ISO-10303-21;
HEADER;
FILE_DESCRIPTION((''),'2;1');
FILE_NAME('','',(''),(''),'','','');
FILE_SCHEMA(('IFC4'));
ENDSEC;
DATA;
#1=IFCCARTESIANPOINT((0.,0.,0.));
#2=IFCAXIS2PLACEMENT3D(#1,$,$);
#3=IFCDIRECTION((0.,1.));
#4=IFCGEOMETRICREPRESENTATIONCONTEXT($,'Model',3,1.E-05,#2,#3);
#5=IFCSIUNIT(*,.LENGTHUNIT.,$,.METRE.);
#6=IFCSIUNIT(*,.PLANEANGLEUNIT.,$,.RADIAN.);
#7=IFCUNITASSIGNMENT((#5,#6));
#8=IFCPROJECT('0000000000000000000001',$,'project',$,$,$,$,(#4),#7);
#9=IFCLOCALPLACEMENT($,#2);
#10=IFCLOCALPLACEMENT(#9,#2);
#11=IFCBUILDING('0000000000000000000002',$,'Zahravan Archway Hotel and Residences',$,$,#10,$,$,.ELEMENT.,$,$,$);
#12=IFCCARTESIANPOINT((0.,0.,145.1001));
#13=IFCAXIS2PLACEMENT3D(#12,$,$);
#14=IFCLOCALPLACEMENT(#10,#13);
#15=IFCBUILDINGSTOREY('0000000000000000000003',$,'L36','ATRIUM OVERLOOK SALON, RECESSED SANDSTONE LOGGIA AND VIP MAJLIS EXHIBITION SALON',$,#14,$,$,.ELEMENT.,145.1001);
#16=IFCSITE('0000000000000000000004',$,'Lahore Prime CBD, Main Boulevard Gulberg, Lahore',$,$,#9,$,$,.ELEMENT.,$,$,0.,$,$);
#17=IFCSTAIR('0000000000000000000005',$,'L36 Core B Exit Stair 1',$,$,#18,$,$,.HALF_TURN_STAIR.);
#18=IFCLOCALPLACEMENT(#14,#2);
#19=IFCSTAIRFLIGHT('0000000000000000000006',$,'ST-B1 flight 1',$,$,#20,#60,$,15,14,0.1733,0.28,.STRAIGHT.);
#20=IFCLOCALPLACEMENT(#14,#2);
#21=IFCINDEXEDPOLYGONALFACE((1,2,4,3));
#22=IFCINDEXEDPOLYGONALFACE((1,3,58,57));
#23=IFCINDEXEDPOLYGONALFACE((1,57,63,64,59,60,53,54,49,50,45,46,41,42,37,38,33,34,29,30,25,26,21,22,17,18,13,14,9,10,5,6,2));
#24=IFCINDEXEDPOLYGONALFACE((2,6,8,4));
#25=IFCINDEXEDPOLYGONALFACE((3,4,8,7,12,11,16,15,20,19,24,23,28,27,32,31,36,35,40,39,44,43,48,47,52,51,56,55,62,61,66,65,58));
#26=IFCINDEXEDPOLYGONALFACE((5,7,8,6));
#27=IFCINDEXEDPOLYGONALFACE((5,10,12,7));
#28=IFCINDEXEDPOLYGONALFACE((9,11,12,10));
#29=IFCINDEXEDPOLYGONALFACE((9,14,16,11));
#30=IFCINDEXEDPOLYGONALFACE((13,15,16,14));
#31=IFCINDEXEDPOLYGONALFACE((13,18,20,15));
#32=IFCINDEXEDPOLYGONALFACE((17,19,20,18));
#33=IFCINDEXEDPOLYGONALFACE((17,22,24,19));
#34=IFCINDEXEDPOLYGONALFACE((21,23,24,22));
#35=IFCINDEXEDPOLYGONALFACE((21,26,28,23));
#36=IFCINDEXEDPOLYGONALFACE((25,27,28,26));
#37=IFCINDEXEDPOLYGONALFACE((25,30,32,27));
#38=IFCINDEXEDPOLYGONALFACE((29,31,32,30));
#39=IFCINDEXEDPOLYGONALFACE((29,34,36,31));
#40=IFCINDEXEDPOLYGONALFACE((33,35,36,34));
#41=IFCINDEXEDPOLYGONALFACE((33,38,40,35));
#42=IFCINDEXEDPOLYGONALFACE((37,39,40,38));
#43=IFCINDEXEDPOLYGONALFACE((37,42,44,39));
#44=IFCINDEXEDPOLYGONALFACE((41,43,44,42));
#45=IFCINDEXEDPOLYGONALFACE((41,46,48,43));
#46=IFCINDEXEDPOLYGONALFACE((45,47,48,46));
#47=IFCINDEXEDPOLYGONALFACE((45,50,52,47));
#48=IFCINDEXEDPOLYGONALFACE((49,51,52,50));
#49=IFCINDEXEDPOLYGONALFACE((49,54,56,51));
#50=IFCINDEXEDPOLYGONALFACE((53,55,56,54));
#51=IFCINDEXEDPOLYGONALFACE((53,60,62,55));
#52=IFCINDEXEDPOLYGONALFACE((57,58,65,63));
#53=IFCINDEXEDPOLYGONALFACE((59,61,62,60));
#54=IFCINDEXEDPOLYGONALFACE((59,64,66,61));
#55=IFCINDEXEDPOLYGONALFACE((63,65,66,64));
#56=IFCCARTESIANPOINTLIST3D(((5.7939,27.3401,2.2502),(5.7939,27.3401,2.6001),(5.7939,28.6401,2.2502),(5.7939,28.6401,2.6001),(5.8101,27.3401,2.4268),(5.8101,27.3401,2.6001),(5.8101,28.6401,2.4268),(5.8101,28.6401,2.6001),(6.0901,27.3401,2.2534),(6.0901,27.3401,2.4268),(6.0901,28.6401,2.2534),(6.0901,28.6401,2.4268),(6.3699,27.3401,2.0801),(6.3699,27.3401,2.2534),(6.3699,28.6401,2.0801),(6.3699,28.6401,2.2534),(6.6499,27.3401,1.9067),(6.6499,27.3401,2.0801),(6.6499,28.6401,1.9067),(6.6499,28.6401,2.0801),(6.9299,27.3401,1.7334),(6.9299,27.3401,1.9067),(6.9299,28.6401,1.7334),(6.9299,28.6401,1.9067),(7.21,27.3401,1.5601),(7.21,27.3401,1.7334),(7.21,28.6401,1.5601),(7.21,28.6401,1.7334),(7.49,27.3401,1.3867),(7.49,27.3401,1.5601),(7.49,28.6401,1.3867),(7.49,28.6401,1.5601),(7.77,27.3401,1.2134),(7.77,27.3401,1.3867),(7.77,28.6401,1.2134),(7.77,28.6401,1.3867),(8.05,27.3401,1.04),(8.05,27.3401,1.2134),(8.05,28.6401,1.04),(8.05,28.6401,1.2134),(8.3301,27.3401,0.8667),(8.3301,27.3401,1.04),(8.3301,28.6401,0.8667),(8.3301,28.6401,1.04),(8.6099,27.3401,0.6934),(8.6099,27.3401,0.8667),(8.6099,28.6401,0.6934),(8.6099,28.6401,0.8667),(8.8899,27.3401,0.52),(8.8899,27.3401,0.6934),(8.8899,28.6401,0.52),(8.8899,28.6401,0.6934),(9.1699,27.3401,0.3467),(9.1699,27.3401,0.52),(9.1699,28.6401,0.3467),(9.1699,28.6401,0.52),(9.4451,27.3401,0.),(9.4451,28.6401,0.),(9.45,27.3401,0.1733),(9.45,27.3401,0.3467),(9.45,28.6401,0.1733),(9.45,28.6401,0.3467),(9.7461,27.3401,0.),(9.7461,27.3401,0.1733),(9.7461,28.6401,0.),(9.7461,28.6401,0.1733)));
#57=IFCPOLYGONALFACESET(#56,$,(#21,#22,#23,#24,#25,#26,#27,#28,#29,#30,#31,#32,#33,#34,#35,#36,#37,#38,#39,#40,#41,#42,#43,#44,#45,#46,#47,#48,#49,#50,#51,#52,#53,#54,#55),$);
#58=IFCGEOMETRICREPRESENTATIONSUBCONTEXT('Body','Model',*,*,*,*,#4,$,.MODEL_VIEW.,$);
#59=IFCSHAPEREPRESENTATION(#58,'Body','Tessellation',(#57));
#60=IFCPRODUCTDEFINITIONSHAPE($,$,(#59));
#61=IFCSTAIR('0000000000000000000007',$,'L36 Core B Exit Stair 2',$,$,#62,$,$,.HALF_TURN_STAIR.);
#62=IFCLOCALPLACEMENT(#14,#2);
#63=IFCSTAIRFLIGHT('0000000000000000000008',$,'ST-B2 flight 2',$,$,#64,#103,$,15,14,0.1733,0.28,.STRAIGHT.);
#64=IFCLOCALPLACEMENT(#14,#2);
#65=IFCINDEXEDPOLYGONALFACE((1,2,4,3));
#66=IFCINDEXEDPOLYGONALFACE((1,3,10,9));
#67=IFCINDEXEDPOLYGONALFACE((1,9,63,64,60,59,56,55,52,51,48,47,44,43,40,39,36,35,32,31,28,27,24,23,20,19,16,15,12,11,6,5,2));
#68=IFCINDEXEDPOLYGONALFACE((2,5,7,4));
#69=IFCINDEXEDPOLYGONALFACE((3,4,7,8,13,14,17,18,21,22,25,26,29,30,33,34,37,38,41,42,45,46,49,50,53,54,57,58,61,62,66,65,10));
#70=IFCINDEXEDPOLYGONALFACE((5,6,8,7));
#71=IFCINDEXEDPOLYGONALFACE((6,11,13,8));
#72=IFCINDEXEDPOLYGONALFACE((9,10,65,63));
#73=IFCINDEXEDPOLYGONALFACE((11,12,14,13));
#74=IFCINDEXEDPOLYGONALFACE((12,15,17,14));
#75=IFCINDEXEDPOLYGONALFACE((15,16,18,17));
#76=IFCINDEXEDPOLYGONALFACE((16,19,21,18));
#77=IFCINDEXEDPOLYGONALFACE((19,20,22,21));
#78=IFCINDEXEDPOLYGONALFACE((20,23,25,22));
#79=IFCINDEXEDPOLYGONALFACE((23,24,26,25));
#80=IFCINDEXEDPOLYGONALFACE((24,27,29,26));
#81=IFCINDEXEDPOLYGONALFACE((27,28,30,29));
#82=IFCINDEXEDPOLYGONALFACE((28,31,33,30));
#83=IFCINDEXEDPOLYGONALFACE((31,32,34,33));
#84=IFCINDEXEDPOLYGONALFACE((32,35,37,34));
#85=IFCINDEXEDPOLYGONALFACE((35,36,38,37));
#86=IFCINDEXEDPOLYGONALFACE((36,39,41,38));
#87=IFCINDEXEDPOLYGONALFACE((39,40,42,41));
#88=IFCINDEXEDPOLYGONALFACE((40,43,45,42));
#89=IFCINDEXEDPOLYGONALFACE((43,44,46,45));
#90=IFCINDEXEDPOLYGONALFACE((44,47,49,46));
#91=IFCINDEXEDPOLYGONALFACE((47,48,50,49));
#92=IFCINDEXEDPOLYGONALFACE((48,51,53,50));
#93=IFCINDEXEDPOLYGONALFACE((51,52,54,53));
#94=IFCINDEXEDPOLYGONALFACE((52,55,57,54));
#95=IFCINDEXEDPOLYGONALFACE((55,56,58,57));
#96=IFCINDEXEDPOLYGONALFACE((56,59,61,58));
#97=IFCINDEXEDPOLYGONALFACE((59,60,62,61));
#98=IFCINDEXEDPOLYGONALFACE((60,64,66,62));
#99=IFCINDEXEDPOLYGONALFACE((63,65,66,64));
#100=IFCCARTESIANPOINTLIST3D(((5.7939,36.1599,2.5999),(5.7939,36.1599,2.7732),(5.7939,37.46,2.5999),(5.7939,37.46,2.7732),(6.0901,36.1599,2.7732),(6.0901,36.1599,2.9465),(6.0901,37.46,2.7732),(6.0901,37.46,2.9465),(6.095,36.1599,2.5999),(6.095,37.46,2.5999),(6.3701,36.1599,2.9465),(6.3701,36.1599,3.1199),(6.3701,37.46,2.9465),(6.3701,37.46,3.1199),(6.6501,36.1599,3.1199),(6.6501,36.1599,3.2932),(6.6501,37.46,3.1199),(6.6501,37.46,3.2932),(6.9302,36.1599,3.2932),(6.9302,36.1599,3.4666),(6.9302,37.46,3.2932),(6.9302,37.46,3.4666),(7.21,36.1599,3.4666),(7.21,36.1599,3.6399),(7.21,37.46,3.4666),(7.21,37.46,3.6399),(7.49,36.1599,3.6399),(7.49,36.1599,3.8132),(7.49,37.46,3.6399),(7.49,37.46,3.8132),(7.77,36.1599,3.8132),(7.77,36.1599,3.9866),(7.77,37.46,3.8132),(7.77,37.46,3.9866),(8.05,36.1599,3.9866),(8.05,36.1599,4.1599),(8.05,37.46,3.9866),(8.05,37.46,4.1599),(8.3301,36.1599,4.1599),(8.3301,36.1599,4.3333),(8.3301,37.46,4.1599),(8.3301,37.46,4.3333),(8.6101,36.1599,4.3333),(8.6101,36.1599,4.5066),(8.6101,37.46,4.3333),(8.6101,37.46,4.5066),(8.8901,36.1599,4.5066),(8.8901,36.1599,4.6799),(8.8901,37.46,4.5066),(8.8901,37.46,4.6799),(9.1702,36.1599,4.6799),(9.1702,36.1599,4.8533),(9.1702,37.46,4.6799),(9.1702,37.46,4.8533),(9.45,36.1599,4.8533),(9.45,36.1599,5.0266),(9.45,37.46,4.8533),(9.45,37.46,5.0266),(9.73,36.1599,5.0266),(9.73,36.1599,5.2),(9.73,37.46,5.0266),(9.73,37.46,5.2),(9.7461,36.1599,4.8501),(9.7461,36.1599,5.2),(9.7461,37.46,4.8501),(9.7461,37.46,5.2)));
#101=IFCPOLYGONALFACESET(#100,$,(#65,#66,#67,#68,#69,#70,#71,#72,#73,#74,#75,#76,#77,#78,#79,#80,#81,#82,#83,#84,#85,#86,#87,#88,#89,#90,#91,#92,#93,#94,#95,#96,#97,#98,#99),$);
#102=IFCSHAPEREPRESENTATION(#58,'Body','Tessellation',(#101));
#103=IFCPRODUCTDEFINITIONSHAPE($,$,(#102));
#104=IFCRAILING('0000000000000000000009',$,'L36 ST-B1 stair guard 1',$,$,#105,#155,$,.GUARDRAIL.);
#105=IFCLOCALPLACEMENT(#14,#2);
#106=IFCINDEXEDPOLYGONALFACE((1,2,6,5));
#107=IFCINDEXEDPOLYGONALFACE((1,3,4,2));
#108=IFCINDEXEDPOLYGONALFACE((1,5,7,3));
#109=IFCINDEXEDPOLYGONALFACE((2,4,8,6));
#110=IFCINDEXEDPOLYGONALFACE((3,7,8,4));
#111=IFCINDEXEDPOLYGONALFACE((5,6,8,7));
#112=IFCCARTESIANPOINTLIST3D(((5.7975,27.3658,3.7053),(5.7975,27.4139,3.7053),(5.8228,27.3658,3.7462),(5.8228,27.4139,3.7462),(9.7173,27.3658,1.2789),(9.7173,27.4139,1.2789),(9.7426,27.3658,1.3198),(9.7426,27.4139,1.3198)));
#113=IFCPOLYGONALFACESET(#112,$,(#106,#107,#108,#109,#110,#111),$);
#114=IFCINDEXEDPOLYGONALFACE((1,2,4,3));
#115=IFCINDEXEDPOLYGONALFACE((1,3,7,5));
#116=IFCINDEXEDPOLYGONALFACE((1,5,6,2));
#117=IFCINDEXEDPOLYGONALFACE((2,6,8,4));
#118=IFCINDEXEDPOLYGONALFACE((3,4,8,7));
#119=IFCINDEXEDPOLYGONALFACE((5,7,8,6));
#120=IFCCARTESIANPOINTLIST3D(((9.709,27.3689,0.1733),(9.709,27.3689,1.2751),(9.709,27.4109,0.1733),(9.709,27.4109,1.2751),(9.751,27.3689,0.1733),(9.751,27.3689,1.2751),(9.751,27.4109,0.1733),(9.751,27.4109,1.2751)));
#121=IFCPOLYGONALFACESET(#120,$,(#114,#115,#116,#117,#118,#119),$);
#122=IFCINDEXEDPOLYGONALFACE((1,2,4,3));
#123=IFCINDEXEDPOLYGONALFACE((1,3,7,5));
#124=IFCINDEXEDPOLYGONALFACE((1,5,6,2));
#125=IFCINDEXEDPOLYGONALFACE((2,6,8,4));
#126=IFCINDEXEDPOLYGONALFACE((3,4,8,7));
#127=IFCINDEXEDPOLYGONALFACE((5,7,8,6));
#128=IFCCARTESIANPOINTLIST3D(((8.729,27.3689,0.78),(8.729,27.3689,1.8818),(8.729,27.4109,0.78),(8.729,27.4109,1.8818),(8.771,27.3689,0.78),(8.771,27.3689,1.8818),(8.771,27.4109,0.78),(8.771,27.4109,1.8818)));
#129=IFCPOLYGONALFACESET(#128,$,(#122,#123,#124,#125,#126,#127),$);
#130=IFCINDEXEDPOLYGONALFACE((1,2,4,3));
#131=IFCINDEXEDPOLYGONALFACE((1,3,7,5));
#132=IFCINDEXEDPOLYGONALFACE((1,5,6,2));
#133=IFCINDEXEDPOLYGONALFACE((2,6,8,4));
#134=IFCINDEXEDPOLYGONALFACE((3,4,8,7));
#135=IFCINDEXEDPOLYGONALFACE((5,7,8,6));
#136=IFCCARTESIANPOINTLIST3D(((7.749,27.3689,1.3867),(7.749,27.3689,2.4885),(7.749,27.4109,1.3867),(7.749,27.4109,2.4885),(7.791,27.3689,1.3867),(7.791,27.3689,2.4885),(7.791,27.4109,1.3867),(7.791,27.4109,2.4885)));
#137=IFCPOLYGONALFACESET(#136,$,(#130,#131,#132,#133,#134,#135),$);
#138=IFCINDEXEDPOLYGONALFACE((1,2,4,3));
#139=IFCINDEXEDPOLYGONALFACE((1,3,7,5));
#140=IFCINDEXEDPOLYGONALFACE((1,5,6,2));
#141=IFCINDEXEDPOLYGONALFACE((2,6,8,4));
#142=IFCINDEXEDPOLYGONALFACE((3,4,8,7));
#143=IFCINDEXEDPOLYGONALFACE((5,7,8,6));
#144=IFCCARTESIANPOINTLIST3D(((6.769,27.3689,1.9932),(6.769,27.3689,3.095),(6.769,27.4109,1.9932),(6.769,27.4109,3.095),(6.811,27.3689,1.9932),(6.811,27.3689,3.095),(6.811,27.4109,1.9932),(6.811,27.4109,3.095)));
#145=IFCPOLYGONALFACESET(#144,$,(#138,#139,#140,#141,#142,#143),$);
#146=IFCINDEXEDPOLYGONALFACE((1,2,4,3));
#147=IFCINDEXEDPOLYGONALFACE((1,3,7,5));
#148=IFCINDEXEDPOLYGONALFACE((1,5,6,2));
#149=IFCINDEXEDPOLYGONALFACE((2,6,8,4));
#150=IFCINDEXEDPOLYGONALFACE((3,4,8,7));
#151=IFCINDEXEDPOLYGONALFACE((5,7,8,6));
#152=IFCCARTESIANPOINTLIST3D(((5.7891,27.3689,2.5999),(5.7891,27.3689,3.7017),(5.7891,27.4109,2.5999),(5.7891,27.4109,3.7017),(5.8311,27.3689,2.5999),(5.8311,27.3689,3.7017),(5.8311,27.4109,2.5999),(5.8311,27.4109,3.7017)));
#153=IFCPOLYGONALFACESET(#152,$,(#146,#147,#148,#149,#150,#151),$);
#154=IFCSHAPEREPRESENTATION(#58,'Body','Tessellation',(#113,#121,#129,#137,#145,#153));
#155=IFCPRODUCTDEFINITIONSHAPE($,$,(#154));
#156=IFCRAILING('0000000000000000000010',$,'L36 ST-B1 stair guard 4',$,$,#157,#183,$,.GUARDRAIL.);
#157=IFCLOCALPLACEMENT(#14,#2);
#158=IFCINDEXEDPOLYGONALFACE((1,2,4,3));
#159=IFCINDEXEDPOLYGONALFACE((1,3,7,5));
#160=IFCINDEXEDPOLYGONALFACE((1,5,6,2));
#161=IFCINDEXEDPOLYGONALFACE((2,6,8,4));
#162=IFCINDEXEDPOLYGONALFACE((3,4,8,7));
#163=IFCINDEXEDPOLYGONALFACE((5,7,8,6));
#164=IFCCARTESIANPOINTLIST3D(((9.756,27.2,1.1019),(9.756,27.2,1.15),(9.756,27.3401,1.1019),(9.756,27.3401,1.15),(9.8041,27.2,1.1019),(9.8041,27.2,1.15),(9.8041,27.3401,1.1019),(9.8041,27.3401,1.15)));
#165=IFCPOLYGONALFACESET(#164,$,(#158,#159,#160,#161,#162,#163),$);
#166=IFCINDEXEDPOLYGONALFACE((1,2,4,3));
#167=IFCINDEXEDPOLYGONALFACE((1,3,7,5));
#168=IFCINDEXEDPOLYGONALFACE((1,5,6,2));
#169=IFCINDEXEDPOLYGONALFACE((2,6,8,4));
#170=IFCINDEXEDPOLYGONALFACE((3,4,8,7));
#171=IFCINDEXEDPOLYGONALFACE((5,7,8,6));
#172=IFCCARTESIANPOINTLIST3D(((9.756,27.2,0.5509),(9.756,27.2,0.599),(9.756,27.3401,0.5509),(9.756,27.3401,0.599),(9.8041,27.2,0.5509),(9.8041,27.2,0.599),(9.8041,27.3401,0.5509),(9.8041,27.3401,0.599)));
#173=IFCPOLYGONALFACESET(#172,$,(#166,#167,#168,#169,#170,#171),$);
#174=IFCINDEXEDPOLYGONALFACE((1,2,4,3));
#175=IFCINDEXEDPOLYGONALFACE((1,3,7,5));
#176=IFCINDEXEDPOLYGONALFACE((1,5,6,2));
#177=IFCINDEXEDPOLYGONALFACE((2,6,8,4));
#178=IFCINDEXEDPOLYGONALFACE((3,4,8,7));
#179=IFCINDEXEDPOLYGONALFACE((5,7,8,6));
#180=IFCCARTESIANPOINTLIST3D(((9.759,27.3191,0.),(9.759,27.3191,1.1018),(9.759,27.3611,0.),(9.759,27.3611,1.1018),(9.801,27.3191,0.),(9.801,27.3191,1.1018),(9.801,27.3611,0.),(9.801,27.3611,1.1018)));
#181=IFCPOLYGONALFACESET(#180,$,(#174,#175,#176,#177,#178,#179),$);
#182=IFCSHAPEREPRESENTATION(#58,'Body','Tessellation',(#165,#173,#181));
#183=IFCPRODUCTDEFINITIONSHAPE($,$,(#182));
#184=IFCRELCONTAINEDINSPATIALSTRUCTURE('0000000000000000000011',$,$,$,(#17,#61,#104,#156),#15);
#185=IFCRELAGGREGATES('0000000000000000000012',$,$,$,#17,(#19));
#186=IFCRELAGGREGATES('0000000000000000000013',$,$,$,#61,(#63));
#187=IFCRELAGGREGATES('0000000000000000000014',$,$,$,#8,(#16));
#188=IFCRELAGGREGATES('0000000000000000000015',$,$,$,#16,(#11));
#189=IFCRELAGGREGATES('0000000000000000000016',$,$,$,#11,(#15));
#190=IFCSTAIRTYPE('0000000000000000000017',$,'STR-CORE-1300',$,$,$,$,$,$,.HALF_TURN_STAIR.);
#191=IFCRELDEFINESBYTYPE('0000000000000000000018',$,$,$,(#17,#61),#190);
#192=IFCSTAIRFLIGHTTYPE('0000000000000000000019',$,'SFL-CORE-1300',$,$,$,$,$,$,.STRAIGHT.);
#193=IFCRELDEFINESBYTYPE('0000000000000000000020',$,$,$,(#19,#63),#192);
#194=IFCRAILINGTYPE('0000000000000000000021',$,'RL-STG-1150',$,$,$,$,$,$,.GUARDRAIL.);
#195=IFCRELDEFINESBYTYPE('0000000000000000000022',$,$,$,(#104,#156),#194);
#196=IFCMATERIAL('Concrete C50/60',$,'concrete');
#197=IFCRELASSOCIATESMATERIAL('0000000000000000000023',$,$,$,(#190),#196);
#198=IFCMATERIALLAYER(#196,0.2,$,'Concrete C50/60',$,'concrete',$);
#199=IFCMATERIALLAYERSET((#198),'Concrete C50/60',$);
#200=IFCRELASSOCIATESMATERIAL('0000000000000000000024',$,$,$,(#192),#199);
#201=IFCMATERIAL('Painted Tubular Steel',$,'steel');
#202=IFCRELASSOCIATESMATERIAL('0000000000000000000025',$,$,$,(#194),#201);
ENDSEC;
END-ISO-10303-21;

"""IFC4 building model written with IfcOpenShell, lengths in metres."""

from ifc_helpers import new_model, si_unit, direction, frame, origin, origin_2d, place, context, subcontext, project, spatial, polyline, rectangle, outline, extrude, source, transform, mapped, material, layer, layer_set, type_object, element, aggregate, save


model = new_model("IFC4")

# Units and contexts
model_context = context("Model", 3, precision=1e-05, world=origin(), true_north=direction((0.0, 1.0)))
body_context = subcontext(model_context, "Body", "Model", "MODEL_VIEW")
ifc_project = project(units=[si_unit("LENGTHUNIT", "METRE"), si_unit("PLANEANGLEUNIT", "RADIAN")], contexts=[model_context])

# Site, building, storey
site_placement = place(None, origin())
site = spatial("IfcSite", under=ifc_project, at=site_placement, Name="Lahore Prime CBD, Main Boulevard Gulberg, Lahore", CompositionType="ELEMENT", RefElevation=0.0)
building_placement = place(site_placement, origin())
building = spatial("IfcBuilding", under=site, at=building_placement, Name="Zahravan Archway Hotel and Residences", CompositionType="ELEMENT")
storey_placement = place(building_placement, frame((0.0, 0.0, 145.1001)))
storey = spatial("IfcBuildingStorey", under=building, at=storey_placement, Name="L36", Description="ATRIUM OVERLOOK SALON, RECESSED SANDSTONE LOGGIA AND VIP MAJLIS EXHIBITION SALON", CompositionType="ELEMENT", Elevation=145.1001)

# Shared definitions
ifc_material_1 = material(Name="Concrete C50/60", Category="concrete")

# Stairs, stair flights
stair_type = type_object("IfcStairType", Name="STR-CORE-1300", PredefinedType="HALF_TURN_STAIR", material=ifc_material_1)
stair_1_placement = place(storey_placement, origin())
stair_1 = element("IfcStair", 1, at=stair_1_placement, inside=storey, type_object=stair_type, Name="L36 Core B Exit Stair 1", PredefinedType="HALF_TURN_STAIR")
ifc_layer_1 = layer(ifc_material_1, 0.2, Name="Concrete C50/60", Category="concrete")
ifc_layer_set_1 = layer_set([ifc_layer_1], Name="Concrete C50/60")
stair_flight_type = type_object("IfcStairFlightType", Name="SFL-CORE-1300", PredefinedType="STRAIGHT", material=ifc_layer_set_1)
shared_shape_1 = source(origin(), body_context, "Body", "SweptSolid", [
    extrude(outline(polyline([(-0.0161, 0.0), (-0.0161, 0.1733), (0.28, 0.1733), (0.28, 0.3467), (0.5601, 0.3467), (0.5601, 0.52), (0.8401, 0.52), (0.8401, 0.6934), (1.1201, 0.6934), (1.1201, 0.8667), (1.3999, 0.8667), (1.3999, 1.04), (1.6799, 1.04), (1.6799, 1.2134), (1.96, 1.2134), (1.96, 1.3867), (2.24, 1.3867), (2.24, 1.5601), (2.52, 1.5601), (2.52, 1.7334), (2.8, 1.7334), (2.8, 1.9067), (3.0801, 1.9067), (3.0801, 2.0801), (3.3601, 2.0801), (3.3601, 2.2534), (3.6399, 2.2534), (3.6399, 2.4268), (3.9199, 2.4268), (3.9199, 2.6001), (3.936, 2.6001), (3.936, 2.2502), (0.2849, 0.0), (-0.0161, 0.0)])), frame((0.0, 0.6499, 0.0), z_axis=(0.0, -1.0, 0.0), x_axis=(1.0, 0.0, 0.0)), (0.0, 0.0, 1.0), 1.3),
])
stair_flight_1_placement = place(storey_placement, frame((9.73, 27.99, 0.0), z_axis=(0.0, 0.0, 1.0), x_axis=(-1.0, 0.0, 0.0)))
stair_flight_1 = element("IfcStairFlight", 2, at=stair_flight_1_placement, type_object=stair_flight_type, Name="ST-B1 flight 1", NumberOfRisers=15, NumberOfTreads=14, PredefinedType="STRAIGHT", RiserHeight=0.1733, TreadLength=0.28, context=body_context, shape_type="MappedRepresentation", body=[
    mapped(shared_shape_1, transform((0.0, 0.0, 0.0), scale=1.0)),
])
aggregate(stair_1, [stair_flight_1])
stair_2_placement = place(storey_placement, origin())
stair_2 = element("IfcStair", 3, at=stair_2_placement, inside=storey, type_object=stair_type, Name="L36 Core B Exit Stair 2", PredefinedType="HALF_TURN_STAIR")
stair_flight_2_placement = place(storey_placement, frame((5.8101, 36.8101, 2.5999), z_axis=(0.0, 0.0, 1.0), x_axis=(1.0, 0.0, 0.0)))
stair_flight_2 = element("IfcStairFlight", 4, at=stair_flight_2_placement, type_object=stair_flight_type, Name="ST-B2 flight 2", NumberOfRisers=15, NumberOfTreads=14, PredefinedType="STRAIGHT", RiserHeight=0.1733, TreadLength=0.28, context=body_context, shape_type="MappedRepresentation", body=[
    mapped(shared_shape_1, transform((0.0, 0.0, 0.0), scale=1.0)),
])
aggregate(stair_2, [stair_flight_2])

# Railings
ifc_material_2 = material(Name="Painted Tubular Steel", Category="steel")
railing_type_1 = type_object("IfcRailingType", Name="RL-STG-1150", PredefinedType="GUARDRAIL", material=ifc_material_2)
railing_1_placement = place(storey_placement, frame((9.73, 27.3899, 0.1733)))
element("IfcRailing", 5, at=railing_1_placement, inside=storey, type_object=railing_type_1, Name="L36 ST-B1 stair guard 1", PredefinedType="GUARDRAIL", context=body_context, shape_type="SweptSolid", body=[
    extrude(rectangle(XDim=0.0481, YDim=0.0481, at=origin_2d()), frame((0.0, 0.0, 1.126), z_axis=(-0.850275, 0.0, 0.526338), x_axis=(0.0, -1.0, 0.0)), (0.0, 0.0, 1.0), 4.6101),
    extrude(rectangle(XDim=0.042, YDim=0.042, at=origin_2d()), origin(), (0.0, 0.0, 1.0), 1.1018),
    extrude(rectangle(XDim=0.042, YDim=0.042, at=origin_2d()), frame((-0.98, 0.0, 0.6067)), (0.0, 0.0, 1.0), 1.1018),
    extrude(rectangle(XDim=0.042, YDim=0.042, at=origin_2d()), frame((-1.96, 0.0, 1.2134)), (0.0, 0.0, 1.0), 1.1018),
    extrude(rectangle(XDim=0.042, YDim=0.042, at=origin_2d()), frame((-2.9399, 0.0, 1.8198)), (0.0, 0.0, 1.0), 1.1018),
    extrude(rectangle(XDim=0.042, YDim=0.042, at=origin_2d()), frame((-3.9199, 0.0, 2.4265)), (0.0, 0.0, 1.0), 1.1018),
])
railing_2_placement = place(storey_placement, frame((9.78, 27.3401, 0.0)))
element("IfcRailing", 6, at=railing_2_placement, inside=storey, type_object=railing_type_1, Name="L36 ST-B1 stair guard 4", PredefinedType="GUARDRAIL", context=body_context, shape_type="SweptSolid", body=[
    extrude(rectangle(XDim=0.0481, YDim=0.0481, at=origin_2d()), frame((0.0, 0.0, 1.126), z_axis=(0.0, -1.0, 0.0), x_axis=(1.0, 0.0, 0.0)), (0.0, 0.0, 1.0), 0.1401),
    extrude(rectangle(XDim=0.0481, YDim=0.0481, at=origin_2d()), frame((0.0, 0.0, 0.575), z_axis=(0.0, -1.0, 0.0), x_axis=(1.0, 0.0, 0.0)), (0.0, 0.0, 1.0), 0.1401),
    extrude(rectangle(XDim=0.042, YDim=0.042, at=origin_2d()), origin(), (0.0, 0.0, 1.0), 1.1018),
])

save(model, "model.ifc")
